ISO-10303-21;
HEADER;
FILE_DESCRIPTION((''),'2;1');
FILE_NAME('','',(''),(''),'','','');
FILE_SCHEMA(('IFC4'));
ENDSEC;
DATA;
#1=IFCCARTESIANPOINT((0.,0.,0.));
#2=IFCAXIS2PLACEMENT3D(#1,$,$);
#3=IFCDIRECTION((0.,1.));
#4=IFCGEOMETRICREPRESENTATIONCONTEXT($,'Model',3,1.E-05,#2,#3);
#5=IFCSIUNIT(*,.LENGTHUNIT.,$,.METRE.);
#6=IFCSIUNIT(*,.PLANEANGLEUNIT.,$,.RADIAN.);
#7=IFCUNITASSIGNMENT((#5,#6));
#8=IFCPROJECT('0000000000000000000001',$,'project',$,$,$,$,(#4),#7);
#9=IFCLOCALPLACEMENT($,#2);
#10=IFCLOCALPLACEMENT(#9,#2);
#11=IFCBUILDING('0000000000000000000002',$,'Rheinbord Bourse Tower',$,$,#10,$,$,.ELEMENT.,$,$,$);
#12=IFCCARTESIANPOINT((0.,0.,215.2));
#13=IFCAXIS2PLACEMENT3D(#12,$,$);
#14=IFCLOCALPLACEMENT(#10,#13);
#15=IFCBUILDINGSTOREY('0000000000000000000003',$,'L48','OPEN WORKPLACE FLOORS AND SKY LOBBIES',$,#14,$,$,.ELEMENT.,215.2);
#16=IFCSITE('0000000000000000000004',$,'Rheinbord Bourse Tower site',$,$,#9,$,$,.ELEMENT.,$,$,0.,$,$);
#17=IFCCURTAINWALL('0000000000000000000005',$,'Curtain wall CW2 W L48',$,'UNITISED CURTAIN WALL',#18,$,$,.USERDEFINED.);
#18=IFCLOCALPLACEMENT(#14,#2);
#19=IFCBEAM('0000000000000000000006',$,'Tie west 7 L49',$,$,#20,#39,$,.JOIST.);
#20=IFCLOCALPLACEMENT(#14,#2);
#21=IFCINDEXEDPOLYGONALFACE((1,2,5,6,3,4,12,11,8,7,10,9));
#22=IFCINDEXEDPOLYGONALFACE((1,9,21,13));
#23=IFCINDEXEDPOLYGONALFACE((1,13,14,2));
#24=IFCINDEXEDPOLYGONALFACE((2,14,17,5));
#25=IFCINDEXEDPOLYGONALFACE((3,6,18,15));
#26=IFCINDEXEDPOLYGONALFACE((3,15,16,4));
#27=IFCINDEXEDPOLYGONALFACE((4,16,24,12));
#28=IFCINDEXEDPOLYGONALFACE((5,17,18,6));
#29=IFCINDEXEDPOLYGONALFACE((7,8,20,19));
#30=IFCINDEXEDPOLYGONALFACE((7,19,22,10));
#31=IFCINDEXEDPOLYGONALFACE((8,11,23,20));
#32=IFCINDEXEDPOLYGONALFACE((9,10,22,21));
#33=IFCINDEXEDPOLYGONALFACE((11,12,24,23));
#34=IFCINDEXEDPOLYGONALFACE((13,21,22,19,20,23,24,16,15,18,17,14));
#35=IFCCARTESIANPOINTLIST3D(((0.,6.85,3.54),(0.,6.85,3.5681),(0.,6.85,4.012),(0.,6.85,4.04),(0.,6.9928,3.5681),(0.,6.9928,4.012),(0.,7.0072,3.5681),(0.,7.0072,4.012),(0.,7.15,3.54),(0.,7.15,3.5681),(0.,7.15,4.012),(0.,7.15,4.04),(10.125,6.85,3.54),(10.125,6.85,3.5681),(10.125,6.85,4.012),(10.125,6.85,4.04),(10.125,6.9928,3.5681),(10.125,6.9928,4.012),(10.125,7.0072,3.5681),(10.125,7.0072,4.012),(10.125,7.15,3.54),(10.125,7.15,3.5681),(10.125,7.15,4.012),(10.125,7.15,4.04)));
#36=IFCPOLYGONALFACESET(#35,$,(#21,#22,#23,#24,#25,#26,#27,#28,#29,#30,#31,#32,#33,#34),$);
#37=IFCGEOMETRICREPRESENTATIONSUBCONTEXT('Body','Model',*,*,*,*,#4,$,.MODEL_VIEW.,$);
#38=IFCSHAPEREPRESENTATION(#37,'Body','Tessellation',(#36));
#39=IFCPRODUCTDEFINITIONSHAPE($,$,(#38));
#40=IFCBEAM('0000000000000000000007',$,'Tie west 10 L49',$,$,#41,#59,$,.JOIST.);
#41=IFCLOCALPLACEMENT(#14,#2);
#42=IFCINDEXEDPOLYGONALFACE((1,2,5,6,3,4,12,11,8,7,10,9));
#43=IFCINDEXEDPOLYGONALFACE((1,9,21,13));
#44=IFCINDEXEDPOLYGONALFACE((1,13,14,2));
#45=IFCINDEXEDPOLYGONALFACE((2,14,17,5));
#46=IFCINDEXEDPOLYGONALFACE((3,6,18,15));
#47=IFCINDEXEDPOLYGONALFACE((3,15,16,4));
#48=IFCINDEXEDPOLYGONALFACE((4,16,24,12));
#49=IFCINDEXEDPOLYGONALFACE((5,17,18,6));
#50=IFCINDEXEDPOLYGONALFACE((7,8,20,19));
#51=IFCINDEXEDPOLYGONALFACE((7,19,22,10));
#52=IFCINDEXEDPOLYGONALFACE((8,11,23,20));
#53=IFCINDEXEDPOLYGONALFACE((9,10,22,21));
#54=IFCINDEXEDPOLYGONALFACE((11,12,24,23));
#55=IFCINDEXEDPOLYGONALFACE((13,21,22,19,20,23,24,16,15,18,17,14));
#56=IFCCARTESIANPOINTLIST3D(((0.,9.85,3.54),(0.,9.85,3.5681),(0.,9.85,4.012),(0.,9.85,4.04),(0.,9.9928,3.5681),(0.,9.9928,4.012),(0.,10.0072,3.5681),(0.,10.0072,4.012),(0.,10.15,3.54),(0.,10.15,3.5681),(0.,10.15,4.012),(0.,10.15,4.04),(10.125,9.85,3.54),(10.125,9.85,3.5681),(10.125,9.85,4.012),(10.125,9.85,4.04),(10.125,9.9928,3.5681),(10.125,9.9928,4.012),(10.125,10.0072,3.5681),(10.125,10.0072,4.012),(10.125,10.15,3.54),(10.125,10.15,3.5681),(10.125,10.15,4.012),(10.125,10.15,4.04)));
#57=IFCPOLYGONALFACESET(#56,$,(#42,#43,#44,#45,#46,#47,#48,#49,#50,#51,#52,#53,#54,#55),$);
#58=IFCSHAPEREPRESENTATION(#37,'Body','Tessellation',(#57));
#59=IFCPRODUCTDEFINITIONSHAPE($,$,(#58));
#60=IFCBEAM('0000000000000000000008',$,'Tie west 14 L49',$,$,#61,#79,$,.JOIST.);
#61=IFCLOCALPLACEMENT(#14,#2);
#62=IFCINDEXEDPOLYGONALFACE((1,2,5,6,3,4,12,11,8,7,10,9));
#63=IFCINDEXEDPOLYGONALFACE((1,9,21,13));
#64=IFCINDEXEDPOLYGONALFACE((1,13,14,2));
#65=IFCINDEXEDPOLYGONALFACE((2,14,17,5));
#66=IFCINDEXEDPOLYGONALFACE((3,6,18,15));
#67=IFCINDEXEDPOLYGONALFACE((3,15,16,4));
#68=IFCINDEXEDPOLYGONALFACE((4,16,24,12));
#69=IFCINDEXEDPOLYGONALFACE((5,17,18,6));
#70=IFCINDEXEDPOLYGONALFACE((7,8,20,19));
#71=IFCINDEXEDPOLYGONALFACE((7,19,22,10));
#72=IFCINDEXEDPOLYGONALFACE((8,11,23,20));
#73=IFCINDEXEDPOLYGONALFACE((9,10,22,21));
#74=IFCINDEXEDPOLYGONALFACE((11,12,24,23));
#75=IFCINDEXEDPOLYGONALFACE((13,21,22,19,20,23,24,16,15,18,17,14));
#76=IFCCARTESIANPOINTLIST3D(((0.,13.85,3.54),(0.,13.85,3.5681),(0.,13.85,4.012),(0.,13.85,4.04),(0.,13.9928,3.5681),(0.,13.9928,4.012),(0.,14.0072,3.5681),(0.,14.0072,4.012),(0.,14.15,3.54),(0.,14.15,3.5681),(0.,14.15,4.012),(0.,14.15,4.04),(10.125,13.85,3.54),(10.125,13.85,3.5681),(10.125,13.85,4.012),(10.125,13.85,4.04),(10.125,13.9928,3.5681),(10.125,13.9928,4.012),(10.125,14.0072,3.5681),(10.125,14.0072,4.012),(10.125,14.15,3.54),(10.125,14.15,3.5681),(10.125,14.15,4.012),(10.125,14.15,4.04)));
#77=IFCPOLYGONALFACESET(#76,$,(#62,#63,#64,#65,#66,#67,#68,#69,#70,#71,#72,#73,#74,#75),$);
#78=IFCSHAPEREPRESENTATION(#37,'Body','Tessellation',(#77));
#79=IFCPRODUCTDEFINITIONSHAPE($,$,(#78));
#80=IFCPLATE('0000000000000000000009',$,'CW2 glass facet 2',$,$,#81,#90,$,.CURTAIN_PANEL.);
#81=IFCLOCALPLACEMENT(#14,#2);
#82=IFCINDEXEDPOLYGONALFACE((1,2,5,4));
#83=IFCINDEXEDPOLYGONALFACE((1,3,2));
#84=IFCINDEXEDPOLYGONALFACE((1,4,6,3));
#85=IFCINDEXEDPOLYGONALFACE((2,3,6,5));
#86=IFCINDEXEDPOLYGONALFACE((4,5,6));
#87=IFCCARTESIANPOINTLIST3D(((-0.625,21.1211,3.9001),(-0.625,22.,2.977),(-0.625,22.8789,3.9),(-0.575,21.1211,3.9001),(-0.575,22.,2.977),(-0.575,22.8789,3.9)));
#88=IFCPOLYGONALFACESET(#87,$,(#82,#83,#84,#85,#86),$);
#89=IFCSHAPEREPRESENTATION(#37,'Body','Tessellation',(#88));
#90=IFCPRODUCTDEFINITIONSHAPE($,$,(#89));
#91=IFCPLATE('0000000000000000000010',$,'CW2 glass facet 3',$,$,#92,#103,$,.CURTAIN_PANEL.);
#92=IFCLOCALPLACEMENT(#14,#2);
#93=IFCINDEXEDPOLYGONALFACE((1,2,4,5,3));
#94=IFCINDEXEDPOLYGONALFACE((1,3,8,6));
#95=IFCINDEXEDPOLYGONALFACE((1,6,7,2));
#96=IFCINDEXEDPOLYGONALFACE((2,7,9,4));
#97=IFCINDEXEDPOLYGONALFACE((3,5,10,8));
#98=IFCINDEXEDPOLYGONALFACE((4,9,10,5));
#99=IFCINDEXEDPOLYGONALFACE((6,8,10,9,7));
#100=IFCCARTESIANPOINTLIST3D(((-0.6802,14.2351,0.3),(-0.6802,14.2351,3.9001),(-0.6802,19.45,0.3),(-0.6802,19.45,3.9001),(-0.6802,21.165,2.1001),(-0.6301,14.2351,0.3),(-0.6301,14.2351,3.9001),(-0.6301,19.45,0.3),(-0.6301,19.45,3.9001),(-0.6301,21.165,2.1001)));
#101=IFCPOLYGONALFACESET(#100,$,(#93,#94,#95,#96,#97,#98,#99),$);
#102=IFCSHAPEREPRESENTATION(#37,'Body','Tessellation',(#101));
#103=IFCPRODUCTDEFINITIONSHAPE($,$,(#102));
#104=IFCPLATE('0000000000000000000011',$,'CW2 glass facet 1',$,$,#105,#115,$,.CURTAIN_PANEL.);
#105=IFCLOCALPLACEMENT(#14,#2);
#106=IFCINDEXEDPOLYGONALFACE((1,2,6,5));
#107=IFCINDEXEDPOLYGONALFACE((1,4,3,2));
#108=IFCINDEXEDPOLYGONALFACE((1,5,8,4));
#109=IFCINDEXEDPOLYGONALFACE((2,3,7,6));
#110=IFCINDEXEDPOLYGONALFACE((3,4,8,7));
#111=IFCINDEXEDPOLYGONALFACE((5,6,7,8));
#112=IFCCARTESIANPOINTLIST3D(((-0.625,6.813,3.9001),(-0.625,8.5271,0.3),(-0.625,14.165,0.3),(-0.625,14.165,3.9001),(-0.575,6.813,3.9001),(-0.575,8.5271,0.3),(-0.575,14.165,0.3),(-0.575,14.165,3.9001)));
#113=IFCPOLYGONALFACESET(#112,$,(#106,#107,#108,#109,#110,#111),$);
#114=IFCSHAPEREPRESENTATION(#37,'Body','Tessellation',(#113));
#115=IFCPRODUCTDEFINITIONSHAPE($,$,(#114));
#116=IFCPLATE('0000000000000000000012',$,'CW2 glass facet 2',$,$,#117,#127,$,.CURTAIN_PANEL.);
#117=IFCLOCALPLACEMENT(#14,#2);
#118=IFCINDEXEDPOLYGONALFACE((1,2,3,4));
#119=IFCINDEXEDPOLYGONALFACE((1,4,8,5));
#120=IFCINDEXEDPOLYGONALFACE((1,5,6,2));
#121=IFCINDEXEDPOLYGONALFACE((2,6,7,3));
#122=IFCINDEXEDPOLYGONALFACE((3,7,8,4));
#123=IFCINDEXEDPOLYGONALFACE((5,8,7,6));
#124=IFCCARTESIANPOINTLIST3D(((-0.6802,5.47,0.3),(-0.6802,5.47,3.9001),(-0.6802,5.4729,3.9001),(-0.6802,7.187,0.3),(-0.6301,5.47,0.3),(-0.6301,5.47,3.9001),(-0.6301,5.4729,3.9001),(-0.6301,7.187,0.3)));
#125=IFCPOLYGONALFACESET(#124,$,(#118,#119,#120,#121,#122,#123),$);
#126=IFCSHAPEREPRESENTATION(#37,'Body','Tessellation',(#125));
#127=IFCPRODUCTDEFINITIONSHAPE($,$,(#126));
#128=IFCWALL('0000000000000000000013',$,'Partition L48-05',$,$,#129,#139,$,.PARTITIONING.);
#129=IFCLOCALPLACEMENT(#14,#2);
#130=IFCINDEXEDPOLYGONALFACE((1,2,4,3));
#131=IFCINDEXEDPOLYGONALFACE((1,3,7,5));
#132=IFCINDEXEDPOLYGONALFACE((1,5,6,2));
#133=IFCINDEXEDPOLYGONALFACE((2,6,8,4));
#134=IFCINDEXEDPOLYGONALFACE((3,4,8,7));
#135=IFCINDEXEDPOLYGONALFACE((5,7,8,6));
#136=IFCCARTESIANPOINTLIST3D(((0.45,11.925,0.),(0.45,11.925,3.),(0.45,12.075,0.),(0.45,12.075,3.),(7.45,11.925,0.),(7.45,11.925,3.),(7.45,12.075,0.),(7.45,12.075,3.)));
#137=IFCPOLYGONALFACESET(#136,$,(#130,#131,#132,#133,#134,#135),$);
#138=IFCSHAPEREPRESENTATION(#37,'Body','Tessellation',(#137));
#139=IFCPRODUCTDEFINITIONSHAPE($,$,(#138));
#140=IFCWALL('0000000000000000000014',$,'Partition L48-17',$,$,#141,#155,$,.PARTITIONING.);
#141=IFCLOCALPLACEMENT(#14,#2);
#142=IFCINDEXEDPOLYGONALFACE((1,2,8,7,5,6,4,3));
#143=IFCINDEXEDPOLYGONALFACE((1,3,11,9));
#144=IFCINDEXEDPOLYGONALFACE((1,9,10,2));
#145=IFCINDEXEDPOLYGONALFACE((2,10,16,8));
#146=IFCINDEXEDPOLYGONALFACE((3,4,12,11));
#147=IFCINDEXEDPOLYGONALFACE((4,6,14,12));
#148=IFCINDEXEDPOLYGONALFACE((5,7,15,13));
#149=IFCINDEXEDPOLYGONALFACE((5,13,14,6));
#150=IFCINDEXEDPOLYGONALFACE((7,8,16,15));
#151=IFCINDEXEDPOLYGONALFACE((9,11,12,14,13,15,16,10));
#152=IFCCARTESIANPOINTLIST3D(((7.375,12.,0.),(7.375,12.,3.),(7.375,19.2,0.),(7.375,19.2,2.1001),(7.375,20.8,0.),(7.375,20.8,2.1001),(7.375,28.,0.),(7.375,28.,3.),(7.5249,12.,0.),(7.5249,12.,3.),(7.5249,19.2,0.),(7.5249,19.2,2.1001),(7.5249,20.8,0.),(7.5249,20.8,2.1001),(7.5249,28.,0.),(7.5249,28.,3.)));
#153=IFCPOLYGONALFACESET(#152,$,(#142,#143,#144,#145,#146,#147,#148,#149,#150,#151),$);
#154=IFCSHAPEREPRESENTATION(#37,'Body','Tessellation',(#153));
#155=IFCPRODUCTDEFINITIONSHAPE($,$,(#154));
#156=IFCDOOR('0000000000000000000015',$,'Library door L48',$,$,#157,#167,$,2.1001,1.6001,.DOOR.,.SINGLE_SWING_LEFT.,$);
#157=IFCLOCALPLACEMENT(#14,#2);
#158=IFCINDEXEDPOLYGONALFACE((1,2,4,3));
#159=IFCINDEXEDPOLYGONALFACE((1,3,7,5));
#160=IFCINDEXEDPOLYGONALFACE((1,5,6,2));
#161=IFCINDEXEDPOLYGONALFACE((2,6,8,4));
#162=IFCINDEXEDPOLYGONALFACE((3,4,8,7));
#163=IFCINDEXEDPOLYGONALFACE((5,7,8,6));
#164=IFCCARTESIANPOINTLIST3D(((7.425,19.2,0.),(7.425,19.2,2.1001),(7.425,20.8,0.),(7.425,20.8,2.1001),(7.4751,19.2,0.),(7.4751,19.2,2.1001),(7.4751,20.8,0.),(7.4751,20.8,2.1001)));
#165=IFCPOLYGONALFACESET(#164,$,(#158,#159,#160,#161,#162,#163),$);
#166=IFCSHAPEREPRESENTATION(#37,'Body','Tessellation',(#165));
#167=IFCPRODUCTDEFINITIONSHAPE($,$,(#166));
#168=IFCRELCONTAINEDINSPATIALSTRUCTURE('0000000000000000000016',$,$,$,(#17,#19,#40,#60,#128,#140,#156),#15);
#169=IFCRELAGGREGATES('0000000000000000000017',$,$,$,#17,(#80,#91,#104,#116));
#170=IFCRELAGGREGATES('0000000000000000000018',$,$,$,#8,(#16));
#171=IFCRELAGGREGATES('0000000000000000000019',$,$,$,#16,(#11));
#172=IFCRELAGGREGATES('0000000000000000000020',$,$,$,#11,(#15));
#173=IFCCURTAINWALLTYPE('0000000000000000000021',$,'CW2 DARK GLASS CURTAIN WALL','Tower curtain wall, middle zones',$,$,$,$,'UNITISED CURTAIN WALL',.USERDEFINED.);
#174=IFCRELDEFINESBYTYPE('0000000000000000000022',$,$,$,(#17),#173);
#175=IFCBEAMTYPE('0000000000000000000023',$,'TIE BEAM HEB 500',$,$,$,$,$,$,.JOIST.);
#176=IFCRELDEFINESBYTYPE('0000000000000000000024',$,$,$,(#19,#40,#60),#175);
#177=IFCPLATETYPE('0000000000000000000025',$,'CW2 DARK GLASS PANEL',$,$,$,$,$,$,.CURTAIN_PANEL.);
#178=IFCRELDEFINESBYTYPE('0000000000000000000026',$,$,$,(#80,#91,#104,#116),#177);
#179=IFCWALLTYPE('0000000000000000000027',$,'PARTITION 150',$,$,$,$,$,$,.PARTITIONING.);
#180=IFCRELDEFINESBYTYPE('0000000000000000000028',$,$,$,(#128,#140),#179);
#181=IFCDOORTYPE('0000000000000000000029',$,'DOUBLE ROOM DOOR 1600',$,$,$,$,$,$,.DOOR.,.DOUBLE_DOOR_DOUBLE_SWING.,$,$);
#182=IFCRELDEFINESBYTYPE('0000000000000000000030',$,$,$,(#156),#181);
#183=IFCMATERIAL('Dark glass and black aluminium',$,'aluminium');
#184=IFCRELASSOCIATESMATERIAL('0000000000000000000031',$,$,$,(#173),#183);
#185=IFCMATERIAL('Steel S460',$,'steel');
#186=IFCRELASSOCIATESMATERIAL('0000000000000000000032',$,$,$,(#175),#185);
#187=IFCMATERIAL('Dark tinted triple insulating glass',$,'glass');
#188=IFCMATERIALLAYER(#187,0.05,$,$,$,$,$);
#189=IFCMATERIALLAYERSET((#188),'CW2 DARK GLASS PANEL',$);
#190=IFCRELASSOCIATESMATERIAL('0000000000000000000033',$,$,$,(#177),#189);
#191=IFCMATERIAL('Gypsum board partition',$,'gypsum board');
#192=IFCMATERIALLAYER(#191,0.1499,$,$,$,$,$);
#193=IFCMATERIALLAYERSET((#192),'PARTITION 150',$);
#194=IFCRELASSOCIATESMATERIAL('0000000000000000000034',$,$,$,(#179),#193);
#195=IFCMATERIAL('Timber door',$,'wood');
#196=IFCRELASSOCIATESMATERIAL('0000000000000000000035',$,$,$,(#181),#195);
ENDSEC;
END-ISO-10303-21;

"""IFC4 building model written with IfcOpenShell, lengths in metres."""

from ifc_helpers import new_model, si_unit, direction, frame, frame_2d, origin, origin_2d, place, context, subcontext, project, spatial, polyline, rectangle, i_section, outline, extrude, material, layer, layer_set, material_profile, profile_set, type_object, element, fill, aggregate, save


model = new_model("IFC4")

# Units and contexts
model_context = context("Model", 3, precision=1e-05, world=origin(), true_north=direction((0.0, 1.0)))
body_context = subcontext(model_context, "Body", "Model", "MODEL_VIEW")
ifc_project = project(units=[si_unit("LENGTHUNIT", "METRE"), si_unit("PLANEANGLEUNIT", "RADIAN")], contexts=[model_context])

# Site, building, storey
site_placement = place(None, origin())
site = spatial("IfcSite", under=ifc_project, at=site_placement, Name="Rheinbord Bourse Tower site", CompositionType="ELEMENT", RefElevation=0.0)
building_placement = place(site_placement, origin())
building = spatial("IfcBuilding", under=site, at=building_placement, Name="Rheinbord Bourse Tower", CompositionType="ELEMENT")
storey_placement = place(building_placement, frame((0.0, 0.0, 215.2)))
storey = spatial("IfcBuildingStorey", under=building, at=storey_placement, Name="L48", Description="OPEN WORKPLACE FLOORS AND SKY LOBBIES", CompositionType="ELEMENT", Elevation=215.2)

# Curtain wall
ifc_material_1 = material(Name="Dark glass and black aluminium", Category="aluminium")
curtain_wall_type = type_object("IfcCurtainWallType", Name="CW2 DARK GLASS CURTAIN WALL", Description="Tower curtain wall, middle zones", ElementType="UNITISED CURTAIN WALL", PredefinedType="USERDEFINED", material=ifc_material_1)
curtain_wall_placement = place(storey_placement, origin())
curtain_wall = element("IfcCurtainWall", 1, at=curtain_wall_placement, inside=storey, type_object=curtain_wall_type, Name="Curtain wall CW2 W L48", ObjectType="UNITISED CURTAIN WALL", PredefinedType="USERDEFINED")

# Beams
ifc_material_2 = material(Name="Steel S460", Category="steel")
ifc_material_profile_1 = material_profile(ifc_material_2, i_section(OverallWidth=0.3, OverallDepth=0.5, WebThickness=0.0144, FlangeThickness=0.0281, at=origin_2d()), Name="HEB 500")
ifc_profile_set_1 = profile_set([ifc_material_profile_1], Name="Steel S460")
beam_type_1 = type_object("IfcBeamType", Name="TIE BEAM HEB 500", PredefinedType="JOIST", material=ifc_profile_set_1)
for number, where, z_axis, x_axis, name in (
    (2, (0.0, 7.0, 3.79), (1.0, 0.0, 0.0), (0.0, 1.0, 0.0), "Tie west 7 L49"),
    (3, (0.0, 10.0, 3.79), (1.0, 0.0, 0.0), (0.0, 1.0, 0.0), "Tie west 10 L49"),
    (4, (0.0, 14.0, 3.79), (1.0, 0.0, 0.0), (0.0, 1.0, 0.0), "Tie west 14 L49"),
):
    element("IfcBeam", number, at=place(storey_placement, frame(where, z_axis=z_axis, x_axis=x_axis)), inside=storey, type_object=beam_type_1, Name=name, PredefinedType="JOIST", context=body_context, shape_type="SweptSolid", body=[
        extrude(i_section(OverallWidth=0.3, OverallDepth=0.5, WebThickness=0.0144, FlangeThickness=0.0281, at=origin_2d()), origin(), (0.0, 0.0, 1.0), 10.125),
    ])

# Plates
ifc_material_3 = material(Name="Dark tinted triple insulating glass", Category="glass")
ifc_layer_1 = layer(ifc_material_3, 0.05)
ifc_layer_set_1 = layer_set([ifc_layer_1], Name="CW2 DARK GLASS PANEL")
plate_type = type_object("IfcPlateType", Name="CW2 DARK GLASS PANEL", PredefinedType="CURTAIN_PANEL", material=ifc_layer_set_1)
plate_1_placement = place(storey_placement, frame((-0.625, 21.1211, 3.9001), z_axis=(1.0, 0.0, 0.0), x_axis=(0.0, 0.68956, -0.724229)))
plate_1 = element("IfcPlate", 5, at=plate_1_placement, type_object=plate_type, Name="CW2 glass facet 2", PredefinedType="CURTAIN_PANEL", context=body_context, shape_type="SweptSolid", body=[
    extrude(outline(polyline([(0.0, 0.0), (1.2747, 0.0), (1.2122, 1.2729), (0.0, 0.0)])), origin(), (0.0, 0.0, 1.0), 0.05),
])
plate_2_placement = place(storey_placement, frame((-0.6802, 14.2351, 3.9001), z_axis=(1.0, 0.0, 0.0), x_axis=(0.0, 0.0, -1.0)))
plate_2 = element("IfcPlate", 6, at=plate_2_placement, type_object=plate_type, Name="CW2 glass facet 3", PredefinedType="CURTAIN_PANEL", context=body_context, shape_type="SweptSolid", body=[
    extrude(outline(polyline([(0.0, 0.0), (3.6001, 0.0), (3.6001, 5.2148), (1.8, 6.9299), (0.0, 5.2148), (0.0, 0.0)])), origin(), (0.0, 0.0, 1.0), 0.05),
])
plate_3_placement = place(storey_placement, frame((-0.625, 14.165, 0.3), z_axis=(1.0, 0.0, 0.0), x_axis=(0.0, 0.0, 1.0)))
plate_3 = element("IfcPlate", 7, at=plate_3_placement, type_object=plate_type, Name="CW2 glass facet 1", PredefinedType="CURTAIN_PANEL", context=body_context, shape_type="SweptSolid", body=[
    extrude(outline(polyline([(0.0, 0.0), (3.6001, 0.0), (3.6001, 7.3521), (0.0, 5.6379), (0.0, 0.0)])), origin(), (0.0, 0.0, 1.0), 0.05),
])
plate_4_placement = place(storey_placement, frame((-0.6802, 5.47, 3.9001), z_axis=(1.0, 0.0, 0.0), x_axis=(0.0, 0.0, -1.0)))
plate_4 = element("IfcPlate", 8, at=plate_4_placement, type_object=plate_type, Name="CW2 glass facet 2", PredefinedType="CURTAIN_PANEL", context=body_context, shape_type="SweptSolid", body=[
    extrude(outline(polyline([(0.0, 0.0), (3.6001, 0.0), (3.6001, 1.717), (0.0, 0.0029), (0.0, 0.0)])), origin(), (0.0, 0.0, 1.0), 0.05),
])
aggregate(curtain_wall, [plate_1, plate_2, plate_3, plate_4])

# Wall
ifc_material_4 = material(Name="Gypsum board partition", Category="gypsum board")
ifc_layer_2 = layer(ifc_material_4, 0.1499)
ifc_layer_set_2 = layer_set([ifc_layer_2], Name="PARTITION 150")
wall_type = type_object("IfcWallType", Name="PARTITION 150", PredefinedType="PARTITIONING", material=ifc_layer_set_2)
wall_1_placement = place(storey_placement, frame((0.45, 12.0, 0.0), z_axis=(0.0, 0.0, 1.0), x_axis=(1.0, 0.0, 0.0)))
element("IfcWall", 9, at=wall_1_placement, inside=storey, type_object=wall_type, Name="Partition L48-05", PredefinedType="PARTITIONING", context=body_context, shape_type="SweptSolid", body=[
    extrude(rectangle(XDim=7.0, YDim=0.1499, at=frame_2d((3.5, 0.0))), origin(), (0.0, 0.0, 1.0), 3.0),
])

# Wall, opening, door
wall_2_placement = place(storey_placement, frame((7.45, 12.0, 0.0), z_axis=(0.0, 0.0, 1.0), x_axis=(0.0, 1.0, 0.0)))
wall_2 = element("IfcWall", 10, at=wall_2_placement, inside=storey, type_object=wall_type, Name="Partition L48-17", PredefinedType="PARTITIONING", context=body_context, shape_type="SweptSolid", body=[
    extrude(rectangle(XDim=16.0, YDim=0.1499, at=frame_2d((8.0, 0.0))), origin(), (0.0, 0.0, 1.0), 3.0),
])
opening_placement = place(wall_2_placement, frame((7.2, 0.0, 0.0)))
opening = element("IfcOpeningElement", 11, at=opening_placement, cuts=wall_2, PredefinedType="OPENING", context=body_context, shape_type="SweptSolid", body=[
    extrude(rectangle(XDim=1.6001, YDim=2.1001, at=frame_2d((0.8, 1.05))), frame((0.0, 0.085, 0.0), z_axis=(0.0, -1.0, 0.0), x_axis=(1.0, 0.0, 0.0)), (0.0, 0.0, 1.0), 0.1699),
])
ifc_material_5 = material(Name="Timber door", Category="wood")
door_type = type_object("IfcDoorType", Name="DOUBLE ROOM DOOR 1600", OperationType="DOUBLE_DOOR_DOUBLE_SWING", PredefinedType="DOOR", material=ifc_material_5)
door_placement = place(opening_placement, origin())
door = element("IfcDoor", 12, at=door_placement, inside=storey, type_object=door_type, Name="Library door L48", OperationType="SINGLE_SWING_LEFT", OverallHeight=2.1001, OverallWidth=1.6001, PredefinedType="DOOR", context=body_context, shape_type="SweptSolid", body=[
    extrude(rectangle(XDim=1.6001, YDim=2.1001, at=frame_2d((0.8, 1.05))), frame((0.0, 0.0249, 0.0), z_axis=(0.0, -1.0, 0.0), x_axis=(1.0, 0.0, 0.0)), (0.0, 0.0, 1.0), 0.05),
])
fill(opening, door)

save(model, "model.ifc")
